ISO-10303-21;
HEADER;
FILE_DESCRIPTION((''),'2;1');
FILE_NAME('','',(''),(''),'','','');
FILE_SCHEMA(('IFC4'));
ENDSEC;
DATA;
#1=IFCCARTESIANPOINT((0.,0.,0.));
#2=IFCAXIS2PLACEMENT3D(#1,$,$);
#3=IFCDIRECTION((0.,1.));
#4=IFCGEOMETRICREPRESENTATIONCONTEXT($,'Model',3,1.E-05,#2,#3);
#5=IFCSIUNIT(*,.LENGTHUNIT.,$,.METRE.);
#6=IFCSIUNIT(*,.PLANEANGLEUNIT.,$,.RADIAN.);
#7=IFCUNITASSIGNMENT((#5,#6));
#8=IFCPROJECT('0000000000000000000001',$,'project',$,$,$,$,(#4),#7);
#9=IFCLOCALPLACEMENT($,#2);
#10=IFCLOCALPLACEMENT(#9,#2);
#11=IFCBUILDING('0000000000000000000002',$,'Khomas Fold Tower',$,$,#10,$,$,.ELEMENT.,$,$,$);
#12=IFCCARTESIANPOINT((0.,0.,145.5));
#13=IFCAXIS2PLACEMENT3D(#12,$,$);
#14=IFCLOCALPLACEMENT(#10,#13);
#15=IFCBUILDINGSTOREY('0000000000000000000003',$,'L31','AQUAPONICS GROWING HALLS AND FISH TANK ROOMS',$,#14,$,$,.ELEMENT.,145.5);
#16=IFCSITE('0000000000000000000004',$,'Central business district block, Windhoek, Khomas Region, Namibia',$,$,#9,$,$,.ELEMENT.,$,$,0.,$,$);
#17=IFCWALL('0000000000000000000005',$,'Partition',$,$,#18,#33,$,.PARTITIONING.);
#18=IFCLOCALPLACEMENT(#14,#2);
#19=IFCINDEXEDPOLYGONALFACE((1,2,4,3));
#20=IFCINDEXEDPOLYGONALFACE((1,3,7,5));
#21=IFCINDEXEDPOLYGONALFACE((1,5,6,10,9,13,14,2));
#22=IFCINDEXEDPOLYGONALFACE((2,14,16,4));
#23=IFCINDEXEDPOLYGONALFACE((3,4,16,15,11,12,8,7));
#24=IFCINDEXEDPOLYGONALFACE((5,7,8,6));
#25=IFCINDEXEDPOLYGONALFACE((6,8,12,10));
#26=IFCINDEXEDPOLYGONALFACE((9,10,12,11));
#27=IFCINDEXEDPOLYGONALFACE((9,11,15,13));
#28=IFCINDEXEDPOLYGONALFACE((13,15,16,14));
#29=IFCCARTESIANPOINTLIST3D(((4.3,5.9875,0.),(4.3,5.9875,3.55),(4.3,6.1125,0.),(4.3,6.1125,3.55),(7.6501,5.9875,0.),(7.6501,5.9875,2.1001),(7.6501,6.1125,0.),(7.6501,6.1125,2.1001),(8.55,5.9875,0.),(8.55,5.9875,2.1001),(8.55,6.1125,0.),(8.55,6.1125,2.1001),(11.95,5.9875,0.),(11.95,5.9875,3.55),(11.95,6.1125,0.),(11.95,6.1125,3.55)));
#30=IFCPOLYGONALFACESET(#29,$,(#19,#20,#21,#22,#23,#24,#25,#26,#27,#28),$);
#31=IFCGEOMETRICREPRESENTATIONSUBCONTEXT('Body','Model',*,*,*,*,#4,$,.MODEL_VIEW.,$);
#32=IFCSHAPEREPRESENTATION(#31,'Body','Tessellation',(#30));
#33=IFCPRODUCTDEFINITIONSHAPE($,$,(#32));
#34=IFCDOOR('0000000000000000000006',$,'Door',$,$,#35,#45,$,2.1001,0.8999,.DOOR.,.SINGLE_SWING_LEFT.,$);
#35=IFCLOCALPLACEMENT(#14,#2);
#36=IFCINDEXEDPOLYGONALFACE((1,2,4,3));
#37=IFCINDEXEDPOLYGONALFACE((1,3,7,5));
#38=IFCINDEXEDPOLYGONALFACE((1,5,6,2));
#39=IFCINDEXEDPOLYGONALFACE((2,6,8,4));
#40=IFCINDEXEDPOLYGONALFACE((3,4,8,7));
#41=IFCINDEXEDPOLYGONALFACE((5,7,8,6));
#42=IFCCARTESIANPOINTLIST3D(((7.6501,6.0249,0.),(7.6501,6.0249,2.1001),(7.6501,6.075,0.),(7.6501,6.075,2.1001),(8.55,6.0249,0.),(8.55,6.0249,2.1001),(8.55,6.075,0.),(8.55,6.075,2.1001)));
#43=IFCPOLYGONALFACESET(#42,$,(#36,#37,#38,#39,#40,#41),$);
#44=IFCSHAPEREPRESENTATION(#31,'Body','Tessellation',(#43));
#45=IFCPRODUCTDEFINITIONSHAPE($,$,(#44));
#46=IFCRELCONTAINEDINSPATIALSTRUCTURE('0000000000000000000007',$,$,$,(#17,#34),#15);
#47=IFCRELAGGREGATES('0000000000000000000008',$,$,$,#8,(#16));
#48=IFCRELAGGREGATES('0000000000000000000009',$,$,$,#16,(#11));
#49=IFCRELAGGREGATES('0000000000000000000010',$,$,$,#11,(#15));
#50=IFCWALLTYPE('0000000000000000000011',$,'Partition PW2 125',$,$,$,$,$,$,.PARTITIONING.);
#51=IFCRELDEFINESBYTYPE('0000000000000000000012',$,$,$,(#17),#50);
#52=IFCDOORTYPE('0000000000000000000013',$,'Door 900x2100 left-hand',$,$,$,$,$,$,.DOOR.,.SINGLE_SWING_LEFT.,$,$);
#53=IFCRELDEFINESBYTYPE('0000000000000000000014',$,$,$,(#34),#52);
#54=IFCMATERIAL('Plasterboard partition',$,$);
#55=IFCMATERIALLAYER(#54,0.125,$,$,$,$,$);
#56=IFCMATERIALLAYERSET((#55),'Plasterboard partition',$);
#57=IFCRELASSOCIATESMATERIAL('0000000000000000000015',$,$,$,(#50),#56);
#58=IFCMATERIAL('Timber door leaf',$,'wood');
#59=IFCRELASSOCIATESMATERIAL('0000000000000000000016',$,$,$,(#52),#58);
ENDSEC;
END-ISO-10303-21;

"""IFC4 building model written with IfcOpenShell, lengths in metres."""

from ifc_helpers import new_model, si_unit, direction, frame, frame_2d, origin, place, context, subcontext, project, spatial, rectangle, extrude, source, transform, mapped, material, layer, layer_set, type_object, element, fill, save


model = new_model("IFC4")

# Units and contexts
model_context = context("Model", 3, precision=1e-05, world=origin(), true_north=direction((0.0, 1.0)))
body_context = subcontext(model_context, "Body", "Model", "MODEL_VIEW")
ifc_project = project(units=[si_unit("LENGTHUNIT", "METRE"), si_unit("PLANEANGLEUNIT", "RADIAN")], contexts=[model_context])

# Site, building, storey
site_placement = place(None, origin())
site = spatial("IfcSite", under=ifc_project, at=site_placement, Name="Central business district block, Windhoek, Khomas Region, Namibia", CompositionType="ELEMENT", RefElevation=0.0)
building_placement = place(site_placement, origin())
building = spatial("IfcBuilding", under=site, at=building_placement, Name="Khomas Fold Tower", CompositionType="ELEMENT")
storey_placement = place(building_placement, frame((0.0, 0.0, 145.5)))
storey = spatial("IfcBuildingStorey", under=building, at=storey_placement, Name="L31", Description="AQUAPONICS GROWING HALLS AND FISH TANK ROOMS", CompositionType="ELEMENT", Elevation=145.5)

# Wall, opening, door
shared_shape_1 = source(origin(), body_context, "Body", "SweptSolid", [
    extrude(rectangle(XDim=0.8999, YDim=2.1001, at=frame_2d((0.45, 1.05))), frame((0.0, 0.0249, 0.0), z_axis=(0.0, -1.0, 0.0), x_axis=(1.0, 0.0, 0.0)), (0.0, 0.0, 1.0), 0.05),
])
ifc_material_1 = material(Name="Plasterboard partition")
ifc_layer_1 = layer(ifc_material_1, 0.125)
ifc_layer_set_1 = layer_set([ifc_layer_1], Name="Plasterboard partition")
wall_type_1 = type_object("IfcWallType", Name="Partition PW2 125", PredefinedType="PARTITIONING", material=ifc_layer_set_1)
shared_shape_2 = source(origin(), body_context, "Body", "SweptSolid", [
    extrude(rectangle(XDim=7.6499, YDim=0.125, at=frame_2d((3.825, 0.0))), origin(), (0.0, 0.0, 1.0), 3.55),
])
wall_1_placement = place(storey_placement, frame((4.3, 6.05, 0.0), z_axis=(0.0, 0.0, 1.0), x_axis=(1.0, 0.0, 0.0)))
wall_1 = element("IfcWall", 1, at=wall_1_placement, inside=storey, type_object=wall_type_1, Name="Partition", PredefinedType="PARTITIONING", context=body_context, shape_type="MappedRepresentation", body=[
    mapped(shared_shape_2, transform((0.0, 0.0, 0.0))),
])
shared_shape_3 = source(origin(), body_context, "Body", "SweptSolid", [
    extrude(rectangle(XDim=0.8999, YDim=2.1001, at=frame_2d((0.45, 1.05))), frame((0.0, 0.0725, 0.0), z_axis=(0.0, -1.0, 0.0), x_axis=(1.0, 0.0, 0.0)), (0.0, 0.0, 1.0), 0.145),
])
opening_1_placement = place(wall_1_placement, frame((3.3501, 0.0, 0.0)))
opening_1 = element("IfcOpeningElement", 2, at=opening_1_placement, cuts=wall_1, PredefinedType="OPENING", context=body_context, shape_type="MappedRepresentation", body=[
    mapped(shared_shape_3, transform((0.0, 0.0, 0.0))),
])
ifc_material_2 = material(Name="Timber door leaf", Category="wood")
door_type_1 = type_object("IfcDoorType", Name="Door 900x2100 left-hand", OperationType="SINGLE_SWING_LEFT", PredefinedType="DOOR", material=ifc_material_2)
door_1_placement = place(opening_1_placement, origin())
door_1 = element("IfcDoor", 3, at=door_1_placement, inside=storey, type_object=door_type_1, Name="Door", OperationType="SINGLE_SWING_LEFT", OverallHeight=2.1001, OverallWidth=0.8999, PredefinedType="DOOR", context=body_context, shape_type="MappedRepresentation", body=[
    mapped(shared_shape_1, transform((0.0, 0.0, 0.0))),
])
fill(opening_1, door_1)

save(model, "model.ifc")
